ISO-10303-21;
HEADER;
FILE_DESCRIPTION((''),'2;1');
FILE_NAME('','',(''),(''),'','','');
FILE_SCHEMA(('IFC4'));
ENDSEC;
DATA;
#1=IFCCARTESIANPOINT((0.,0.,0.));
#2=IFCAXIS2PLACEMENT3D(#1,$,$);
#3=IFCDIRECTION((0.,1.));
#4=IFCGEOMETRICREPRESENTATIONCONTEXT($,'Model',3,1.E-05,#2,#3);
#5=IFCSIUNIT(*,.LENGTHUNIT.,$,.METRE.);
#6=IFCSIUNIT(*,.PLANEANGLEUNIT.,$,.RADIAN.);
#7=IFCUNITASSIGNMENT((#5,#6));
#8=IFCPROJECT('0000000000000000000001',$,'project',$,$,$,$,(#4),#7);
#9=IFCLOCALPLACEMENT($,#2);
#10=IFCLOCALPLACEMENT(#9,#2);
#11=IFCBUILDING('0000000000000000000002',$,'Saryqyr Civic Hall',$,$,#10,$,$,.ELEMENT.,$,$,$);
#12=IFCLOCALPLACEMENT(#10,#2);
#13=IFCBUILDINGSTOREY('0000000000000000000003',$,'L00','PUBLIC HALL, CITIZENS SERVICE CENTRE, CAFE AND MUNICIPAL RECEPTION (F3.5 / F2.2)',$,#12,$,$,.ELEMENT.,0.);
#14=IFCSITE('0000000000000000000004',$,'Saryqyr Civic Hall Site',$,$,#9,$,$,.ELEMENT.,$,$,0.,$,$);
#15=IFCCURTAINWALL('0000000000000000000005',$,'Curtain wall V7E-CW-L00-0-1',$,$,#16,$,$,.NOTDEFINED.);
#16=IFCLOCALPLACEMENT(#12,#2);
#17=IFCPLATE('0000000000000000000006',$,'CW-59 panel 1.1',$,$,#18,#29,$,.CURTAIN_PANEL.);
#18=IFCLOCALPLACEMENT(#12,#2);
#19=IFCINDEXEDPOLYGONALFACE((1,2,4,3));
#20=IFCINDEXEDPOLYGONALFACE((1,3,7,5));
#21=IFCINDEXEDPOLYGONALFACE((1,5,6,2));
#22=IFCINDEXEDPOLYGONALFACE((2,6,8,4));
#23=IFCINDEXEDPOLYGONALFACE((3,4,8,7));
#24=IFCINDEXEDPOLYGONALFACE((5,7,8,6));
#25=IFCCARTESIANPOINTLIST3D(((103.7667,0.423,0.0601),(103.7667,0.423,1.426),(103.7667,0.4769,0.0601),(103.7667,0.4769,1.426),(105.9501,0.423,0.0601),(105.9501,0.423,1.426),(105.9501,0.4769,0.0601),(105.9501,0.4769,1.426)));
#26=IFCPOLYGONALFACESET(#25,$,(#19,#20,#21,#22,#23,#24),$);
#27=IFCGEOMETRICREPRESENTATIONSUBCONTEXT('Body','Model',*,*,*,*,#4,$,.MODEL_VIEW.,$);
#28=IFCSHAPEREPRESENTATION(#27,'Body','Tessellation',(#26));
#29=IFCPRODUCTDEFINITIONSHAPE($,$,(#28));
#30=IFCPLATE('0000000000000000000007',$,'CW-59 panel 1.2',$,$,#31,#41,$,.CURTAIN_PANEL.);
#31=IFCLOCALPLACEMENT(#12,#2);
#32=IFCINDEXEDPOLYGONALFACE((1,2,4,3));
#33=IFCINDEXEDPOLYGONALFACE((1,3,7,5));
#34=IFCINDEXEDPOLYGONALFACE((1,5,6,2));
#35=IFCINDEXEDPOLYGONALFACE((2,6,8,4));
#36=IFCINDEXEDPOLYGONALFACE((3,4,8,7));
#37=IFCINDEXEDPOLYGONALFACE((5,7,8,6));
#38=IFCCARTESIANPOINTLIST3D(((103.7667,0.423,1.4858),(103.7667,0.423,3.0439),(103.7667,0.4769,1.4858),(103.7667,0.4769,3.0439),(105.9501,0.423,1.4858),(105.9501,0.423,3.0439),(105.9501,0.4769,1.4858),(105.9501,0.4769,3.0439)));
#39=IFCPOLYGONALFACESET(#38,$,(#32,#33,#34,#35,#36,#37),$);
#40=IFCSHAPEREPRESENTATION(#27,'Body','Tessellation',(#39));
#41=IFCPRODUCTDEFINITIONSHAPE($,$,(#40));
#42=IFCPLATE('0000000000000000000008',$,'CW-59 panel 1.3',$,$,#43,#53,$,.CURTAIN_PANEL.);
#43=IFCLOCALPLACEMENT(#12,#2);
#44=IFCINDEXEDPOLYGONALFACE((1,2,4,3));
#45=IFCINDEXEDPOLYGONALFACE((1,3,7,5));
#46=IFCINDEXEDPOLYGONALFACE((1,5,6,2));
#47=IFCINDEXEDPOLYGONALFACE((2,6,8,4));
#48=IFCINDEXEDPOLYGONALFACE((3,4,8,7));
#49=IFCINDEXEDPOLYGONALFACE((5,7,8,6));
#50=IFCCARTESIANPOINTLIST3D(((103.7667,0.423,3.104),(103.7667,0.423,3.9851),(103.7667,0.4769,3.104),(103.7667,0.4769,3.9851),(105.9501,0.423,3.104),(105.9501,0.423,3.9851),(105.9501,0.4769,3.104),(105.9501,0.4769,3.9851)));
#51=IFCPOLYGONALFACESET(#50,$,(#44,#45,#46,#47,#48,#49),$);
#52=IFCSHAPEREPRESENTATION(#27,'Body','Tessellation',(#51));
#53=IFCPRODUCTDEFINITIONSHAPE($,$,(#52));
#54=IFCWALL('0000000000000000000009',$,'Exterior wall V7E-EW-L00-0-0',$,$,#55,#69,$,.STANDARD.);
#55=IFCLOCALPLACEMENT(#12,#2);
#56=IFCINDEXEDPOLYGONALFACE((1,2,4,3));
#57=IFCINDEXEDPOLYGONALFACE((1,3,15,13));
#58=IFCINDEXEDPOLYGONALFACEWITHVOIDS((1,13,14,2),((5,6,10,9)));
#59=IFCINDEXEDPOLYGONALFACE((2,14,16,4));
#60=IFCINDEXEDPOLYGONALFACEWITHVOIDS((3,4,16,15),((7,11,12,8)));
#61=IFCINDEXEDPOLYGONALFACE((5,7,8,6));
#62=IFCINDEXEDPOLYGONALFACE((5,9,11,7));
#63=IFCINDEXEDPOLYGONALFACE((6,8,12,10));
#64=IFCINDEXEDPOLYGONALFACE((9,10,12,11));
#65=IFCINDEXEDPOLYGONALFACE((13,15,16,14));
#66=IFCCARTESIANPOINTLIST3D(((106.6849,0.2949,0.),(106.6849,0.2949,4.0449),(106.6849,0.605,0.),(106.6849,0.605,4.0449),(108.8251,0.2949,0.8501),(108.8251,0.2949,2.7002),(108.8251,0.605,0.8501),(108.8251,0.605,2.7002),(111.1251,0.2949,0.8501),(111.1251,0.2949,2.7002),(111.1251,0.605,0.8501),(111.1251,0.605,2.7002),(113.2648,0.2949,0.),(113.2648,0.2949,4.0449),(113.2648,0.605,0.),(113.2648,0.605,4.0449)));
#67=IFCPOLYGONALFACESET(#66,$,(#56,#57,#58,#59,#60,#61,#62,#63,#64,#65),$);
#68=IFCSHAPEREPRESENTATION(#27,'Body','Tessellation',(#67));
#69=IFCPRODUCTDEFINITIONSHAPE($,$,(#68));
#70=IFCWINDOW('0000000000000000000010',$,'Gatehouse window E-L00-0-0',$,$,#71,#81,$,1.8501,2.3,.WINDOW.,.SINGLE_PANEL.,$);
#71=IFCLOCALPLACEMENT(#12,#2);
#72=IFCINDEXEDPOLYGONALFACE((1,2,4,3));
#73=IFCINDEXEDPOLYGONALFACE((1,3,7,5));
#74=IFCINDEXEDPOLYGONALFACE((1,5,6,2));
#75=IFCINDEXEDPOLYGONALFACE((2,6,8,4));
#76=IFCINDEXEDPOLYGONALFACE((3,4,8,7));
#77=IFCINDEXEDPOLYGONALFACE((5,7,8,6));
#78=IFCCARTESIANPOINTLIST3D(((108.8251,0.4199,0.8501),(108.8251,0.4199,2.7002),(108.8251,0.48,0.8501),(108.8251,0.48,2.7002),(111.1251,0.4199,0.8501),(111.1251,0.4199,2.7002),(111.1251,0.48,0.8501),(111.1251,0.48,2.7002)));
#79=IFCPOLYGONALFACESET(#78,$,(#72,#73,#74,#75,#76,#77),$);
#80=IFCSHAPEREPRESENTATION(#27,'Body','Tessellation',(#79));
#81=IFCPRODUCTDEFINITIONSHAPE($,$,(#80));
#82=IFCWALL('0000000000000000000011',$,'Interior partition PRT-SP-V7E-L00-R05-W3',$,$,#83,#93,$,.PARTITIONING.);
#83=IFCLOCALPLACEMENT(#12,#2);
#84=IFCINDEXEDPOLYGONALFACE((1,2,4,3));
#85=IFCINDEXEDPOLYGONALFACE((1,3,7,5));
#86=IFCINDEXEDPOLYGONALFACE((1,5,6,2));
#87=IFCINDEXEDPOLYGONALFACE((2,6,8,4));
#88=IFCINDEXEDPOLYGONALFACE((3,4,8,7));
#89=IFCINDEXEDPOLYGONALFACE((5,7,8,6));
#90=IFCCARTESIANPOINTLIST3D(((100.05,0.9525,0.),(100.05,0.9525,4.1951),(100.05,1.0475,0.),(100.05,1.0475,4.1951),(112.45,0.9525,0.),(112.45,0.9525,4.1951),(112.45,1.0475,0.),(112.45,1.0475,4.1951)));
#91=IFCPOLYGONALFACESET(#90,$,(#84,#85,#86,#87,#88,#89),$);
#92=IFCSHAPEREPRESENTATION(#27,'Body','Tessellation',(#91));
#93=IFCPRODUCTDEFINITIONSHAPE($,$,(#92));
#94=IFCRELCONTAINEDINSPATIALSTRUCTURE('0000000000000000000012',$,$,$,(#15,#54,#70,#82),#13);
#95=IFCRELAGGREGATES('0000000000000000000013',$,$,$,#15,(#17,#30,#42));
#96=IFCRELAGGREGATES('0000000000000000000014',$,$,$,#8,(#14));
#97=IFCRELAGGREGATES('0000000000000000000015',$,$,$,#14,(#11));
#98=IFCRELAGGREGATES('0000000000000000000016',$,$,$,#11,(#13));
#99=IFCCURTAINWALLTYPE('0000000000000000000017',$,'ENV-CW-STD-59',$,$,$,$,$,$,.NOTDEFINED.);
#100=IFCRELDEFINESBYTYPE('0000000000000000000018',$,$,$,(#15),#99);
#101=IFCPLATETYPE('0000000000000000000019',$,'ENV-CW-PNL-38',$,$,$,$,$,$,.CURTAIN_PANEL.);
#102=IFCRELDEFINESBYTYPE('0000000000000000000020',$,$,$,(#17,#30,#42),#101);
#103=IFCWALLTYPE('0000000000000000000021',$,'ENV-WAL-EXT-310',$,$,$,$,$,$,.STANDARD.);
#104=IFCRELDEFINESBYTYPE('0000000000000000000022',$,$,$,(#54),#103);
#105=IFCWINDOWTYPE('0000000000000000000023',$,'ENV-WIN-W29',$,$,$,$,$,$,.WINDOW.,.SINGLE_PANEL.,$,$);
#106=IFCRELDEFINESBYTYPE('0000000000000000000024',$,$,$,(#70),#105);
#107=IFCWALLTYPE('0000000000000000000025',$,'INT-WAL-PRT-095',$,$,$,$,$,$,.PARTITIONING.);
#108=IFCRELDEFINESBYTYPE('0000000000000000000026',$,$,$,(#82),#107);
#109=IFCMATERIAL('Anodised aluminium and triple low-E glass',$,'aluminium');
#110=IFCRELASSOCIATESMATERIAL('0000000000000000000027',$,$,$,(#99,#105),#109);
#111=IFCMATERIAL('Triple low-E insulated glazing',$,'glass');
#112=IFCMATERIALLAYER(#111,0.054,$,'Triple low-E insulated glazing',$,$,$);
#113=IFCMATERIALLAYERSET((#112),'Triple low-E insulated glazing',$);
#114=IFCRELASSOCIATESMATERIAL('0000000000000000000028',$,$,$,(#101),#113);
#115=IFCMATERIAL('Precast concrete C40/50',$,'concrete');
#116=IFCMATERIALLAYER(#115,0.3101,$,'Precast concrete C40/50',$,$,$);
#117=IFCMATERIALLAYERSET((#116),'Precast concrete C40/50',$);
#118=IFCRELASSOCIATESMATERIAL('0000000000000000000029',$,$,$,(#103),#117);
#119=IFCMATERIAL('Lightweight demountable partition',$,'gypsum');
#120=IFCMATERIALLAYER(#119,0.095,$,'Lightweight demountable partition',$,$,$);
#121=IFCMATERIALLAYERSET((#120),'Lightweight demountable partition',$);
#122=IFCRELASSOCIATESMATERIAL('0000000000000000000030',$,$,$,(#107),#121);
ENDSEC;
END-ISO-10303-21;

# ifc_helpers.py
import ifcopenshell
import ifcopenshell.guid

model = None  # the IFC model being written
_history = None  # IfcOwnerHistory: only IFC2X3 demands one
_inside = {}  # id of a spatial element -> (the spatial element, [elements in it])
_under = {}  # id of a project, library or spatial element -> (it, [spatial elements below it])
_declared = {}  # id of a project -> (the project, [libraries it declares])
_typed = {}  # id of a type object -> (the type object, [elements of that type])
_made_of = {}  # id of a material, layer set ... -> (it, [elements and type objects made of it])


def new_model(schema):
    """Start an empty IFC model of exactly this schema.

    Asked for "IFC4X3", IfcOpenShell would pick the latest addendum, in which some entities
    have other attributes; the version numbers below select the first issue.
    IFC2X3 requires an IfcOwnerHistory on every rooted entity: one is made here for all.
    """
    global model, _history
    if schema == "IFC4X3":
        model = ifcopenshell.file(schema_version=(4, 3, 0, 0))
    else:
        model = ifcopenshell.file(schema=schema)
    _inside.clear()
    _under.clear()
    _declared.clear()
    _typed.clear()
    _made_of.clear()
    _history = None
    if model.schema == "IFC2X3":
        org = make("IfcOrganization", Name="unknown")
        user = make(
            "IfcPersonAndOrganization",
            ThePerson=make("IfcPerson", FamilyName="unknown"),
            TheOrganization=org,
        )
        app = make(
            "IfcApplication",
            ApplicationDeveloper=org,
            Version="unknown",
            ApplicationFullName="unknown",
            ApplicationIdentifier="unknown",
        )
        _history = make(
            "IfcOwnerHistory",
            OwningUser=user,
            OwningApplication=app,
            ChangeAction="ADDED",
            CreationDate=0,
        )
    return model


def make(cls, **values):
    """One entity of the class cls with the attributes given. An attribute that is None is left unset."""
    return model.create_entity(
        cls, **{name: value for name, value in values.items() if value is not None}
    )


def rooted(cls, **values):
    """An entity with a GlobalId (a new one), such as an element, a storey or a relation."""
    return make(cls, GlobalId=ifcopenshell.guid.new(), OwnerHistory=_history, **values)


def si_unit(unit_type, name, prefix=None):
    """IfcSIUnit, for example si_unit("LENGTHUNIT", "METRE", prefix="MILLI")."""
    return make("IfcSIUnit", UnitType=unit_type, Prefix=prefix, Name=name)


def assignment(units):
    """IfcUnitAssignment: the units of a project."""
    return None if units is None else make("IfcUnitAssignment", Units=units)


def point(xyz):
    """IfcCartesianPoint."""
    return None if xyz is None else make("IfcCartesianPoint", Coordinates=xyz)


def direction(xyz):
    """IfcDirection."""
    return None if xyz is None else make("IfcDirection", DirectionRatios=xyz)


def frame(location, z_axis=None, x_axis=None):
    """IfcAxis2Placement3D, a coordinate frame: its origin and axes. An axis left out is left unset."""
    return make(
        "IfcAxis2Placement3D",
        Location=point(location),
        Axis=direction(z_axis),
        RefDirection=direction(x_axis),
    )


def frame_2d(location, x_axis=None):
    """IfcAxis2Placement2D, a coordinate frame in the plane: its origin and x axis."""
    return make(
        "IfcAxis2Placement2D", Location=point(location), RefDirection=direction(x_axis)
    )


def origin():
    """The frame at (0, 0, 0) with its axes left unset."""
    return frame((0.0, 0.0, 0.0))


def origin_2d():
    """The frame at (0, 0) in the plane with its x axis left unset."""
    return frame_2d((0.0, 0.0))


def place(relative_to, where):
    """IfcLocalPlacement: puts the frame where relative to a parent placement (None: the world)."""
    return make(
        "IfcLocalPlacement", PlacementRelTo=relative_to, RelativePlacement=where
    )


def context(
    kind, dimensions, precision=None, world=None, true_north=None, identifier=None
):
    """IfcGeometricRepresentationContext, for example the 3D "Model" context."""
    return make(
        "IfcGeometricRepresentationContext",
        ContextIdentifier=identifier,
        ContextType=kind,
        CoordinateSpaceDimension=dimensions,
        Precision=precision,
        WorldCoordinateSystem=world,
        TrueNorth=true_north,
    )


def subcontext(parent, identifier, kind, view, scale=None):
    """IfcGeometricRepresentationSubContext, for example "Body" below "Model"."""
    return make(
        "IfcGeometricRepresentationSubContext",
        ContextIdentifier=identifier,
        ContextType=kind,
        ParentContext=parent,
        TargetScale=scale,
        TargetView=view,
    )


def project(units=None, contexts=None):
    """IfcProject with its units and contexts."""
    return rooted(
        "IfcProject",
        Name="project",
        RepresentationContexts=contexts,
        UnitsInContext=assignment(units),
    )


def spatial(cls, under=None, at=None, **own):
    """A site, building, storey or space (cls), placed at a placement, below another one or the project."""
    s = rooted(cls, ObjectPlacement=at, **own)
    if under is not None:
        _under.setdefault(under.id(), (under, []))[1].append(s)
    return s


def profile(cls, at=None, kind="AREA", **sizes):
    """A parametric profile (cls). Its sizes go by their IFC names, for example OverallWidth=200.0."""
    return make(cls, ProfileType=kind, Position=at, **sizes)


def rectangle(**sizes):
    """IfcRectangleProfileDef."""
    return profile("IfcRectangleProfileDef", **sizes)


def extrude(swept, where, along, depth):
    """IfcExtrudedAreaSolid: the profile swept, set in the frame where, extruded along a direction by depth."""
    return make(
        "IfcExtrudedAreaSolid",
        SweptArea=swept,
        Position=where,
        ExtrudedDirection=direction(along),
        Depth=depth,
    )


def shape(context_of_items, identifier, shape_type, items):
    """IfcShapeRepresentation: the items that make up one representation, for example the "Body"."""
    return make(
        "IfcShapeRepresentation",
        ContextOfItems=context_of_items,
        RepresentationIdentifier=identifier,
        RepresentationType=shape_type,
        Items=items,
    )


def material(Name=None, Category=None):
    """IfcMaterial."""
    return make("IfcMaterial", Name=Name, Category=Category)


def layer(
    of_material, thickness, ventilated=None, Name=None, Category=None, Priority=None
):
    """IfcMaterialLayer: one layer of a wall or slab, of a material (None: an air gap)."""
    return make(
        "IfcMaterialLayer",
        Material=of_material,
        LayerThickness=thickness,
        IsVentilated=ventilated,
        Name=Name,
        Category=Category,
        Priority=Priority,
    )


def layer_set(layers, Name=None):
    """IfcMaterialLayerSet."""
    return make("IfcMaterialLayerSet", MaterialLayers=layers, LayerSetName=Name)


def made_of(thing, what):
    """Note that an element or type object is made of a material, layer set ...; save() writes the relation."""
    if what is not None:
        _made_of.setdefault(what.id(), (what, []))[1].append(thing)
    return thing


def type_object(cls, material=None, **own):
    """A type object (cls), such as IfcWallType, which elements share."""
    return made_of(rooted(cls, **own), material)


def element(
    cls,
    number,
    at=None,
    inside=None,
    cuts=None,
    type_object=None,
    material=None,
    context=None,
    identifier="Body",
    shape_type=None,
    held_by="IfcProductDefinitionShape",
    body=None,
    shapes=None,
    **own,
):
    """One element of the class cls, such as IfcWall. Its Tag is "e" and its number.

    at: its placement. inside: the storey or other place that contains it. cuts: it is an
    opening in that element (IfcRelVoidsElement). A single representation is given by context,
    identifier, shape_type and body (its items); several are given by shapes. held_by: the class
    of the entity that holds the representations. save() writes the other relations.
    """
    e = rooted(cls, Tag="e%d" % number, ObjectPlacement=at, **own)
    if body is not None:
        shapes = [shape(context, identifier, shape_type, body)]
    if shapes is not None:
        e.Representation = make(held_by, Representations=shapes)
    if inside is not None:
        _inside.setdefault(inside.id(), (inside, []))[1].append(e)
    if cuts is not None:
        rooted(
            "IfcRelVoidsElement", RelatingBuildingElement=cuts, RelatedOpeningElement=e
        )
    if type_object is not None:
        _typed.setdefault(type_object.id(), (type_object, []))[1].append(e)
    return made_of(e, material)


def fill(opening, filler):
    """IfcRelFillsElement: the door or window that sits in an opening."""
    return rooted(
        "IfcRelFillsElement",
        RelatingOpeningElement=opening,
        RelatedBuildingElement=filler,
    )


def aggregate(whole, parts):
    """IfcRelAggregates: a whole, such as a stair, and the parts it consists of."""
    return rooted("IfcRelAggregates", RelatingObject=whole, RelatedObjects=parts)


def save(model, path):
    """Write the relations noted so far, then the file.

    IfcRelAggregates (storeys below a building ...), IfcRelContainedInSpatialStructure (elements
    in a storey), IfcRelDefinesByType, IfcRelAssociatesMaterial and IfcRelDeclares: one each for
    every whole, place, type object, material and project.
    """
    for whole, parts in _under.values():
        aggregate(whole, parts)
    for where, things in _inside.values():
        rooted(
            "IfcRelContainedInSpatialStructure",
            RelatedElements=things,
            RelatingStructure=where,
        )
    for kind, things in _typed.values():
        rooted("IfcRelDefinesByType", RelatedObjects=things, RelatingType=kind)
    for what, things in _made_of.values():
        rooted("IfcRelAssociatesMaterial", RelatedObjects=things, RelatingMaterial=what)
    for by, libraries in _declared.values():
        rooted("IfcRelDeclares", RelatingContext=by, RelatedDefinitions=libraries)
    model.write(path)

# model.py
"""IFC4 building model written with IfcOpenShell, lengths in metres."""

from ifc_helpers import new_model, si_unit, direction, frame, frame_2d, origin, origin_2d, place, context, subcontext, project, spatial, rectangle, extrude, material, layer, layer_set, type_object, element, fill, aggregate, save


model = new_model("IFC4")

# Units and contexts
model_context = context("Model", 3, precision=1e-05, world=origin(), true_north=direction((0.0, 1.0)))
body_context = subcontext(model_context, "Body", "Model", "MODEL_VIEW")
ifc_project = project(units=[si_unit("LENGTHUNIT", "METRE"), si_unit("PLANEANGLEUNIT", "RADIAN")], contexts=[model_context])

# Site, building, storey
site_placement = place(None, origin())
site = spatial("IfcSite", under=ifc_project, at=site_placement, Name="Saryqyr Civic Hall Site", CompositionType="ELEMENT", RefElevation=0.0)
building_placement = place(site_placement, origin())
building = spatial("IfcBuilding", under=site, at=building_placement, Name="Saryqyr Civic Hall", CompositionType="ELEMENT")
storey_placement = place(building_placement, origin())
storey = spatial("IfcBuildingStorey", under=building, at=storey_placement, Name="L00", Description="PUBLIC HALL, CITIZENS SERVICE CENTRE, CAFE AND MUNICIPAL RECEPTION (F3.5 / F2.2)", CompositionType="ELEMENT", Elevation=0.0)

# Curtain wall
ifc_material_1 = material(Name="Anodised aluminium and triple low-E glass", Category="aluminium")
curtain_wall_type = type_object("IfcCurtainWallType", Name="ENV-CW-STD-59", PredefinedType="NOTDEFINED", material=ifc_material_1)
curtain_wall_placement = place(storey_placement, origin())
curtain_wall = element("IfcCurtainWall", 1, at=curtain_wall_placement, inside=storey, type_object=curtain_wall_type, Name="Curtain wall V7E-CW-L00-0-1", PredefinedType="NOTDEFINED")

# Plates
ifc_material_2 = material(Name="Triple low-E insulated glazing", Category="glass")
ifc_layer_1 = layer(ifc_material_2, 0.054, Name="Triple low-E insulated glazing")
ifc_layer_set_1 = layer_set([ifc_layer_1], Name="Triple low-E insulated glazing")
plate_type = type_object("IfcPlateType", Name="ENV-CW-PNL-38", PredefinedType="CURTAIN_PANEL", material=ifc_layer_set_1)
plate_1_placement = place(storey_placement, frame((104.8584, 0.45, 0.0601), z_axis=(0.0, 0.0, 1.0), x_axis=(-1.0, 0.0, 0.0)))
plate_1 = element("IfcPlate", 2, at=plate_1_placement, type_object=plate_type, Name="CW-59 panel 1.1", PredefinedType="CURTAIN_PANEL", context=body_context, shape_type="SweptSolid", body=[
    extrude(rectangle(XDim=2.1833, YDim=0.054, at=origin_2d()), origin(), (0.0, 0.0, 1.0), 1.366),
])
plate_2_placement = place(storey_placement, frame((104.8584, 0.45, 1.4858), z_axis=(0.0, 0.0, 1.0), x_axis=(-1.0, 0.0, 0.0)))
plate_2 = element("IfcPlate", 3, at=plate_2_placement, type_object=plate_type, Name="CW-59 panel 1.2", PredefinedType="CURTAIN_PANEL", context=body_context, shape_type="SweptSolid", body=[
    extrude(rectangle(XDim=2.1833, YDim=0.054, at=origin_2d()), origin(), (0.0, 0.0, 1.0), 1.5581),
])
plate_3_placement = place(storey_placement, frame((104.8584, 0.45, 3.104), z_axis=(0.0, 0.0, 1.0), x_axis=(-1.0, 0.0, 0.0)))
plate_3 = element("IfcPlate", 4, at=plate_3_placement, type_object=plate_type, Name="CW-59 panel 1.3", PredefinedType="CURTAIN_PANEL", context=body_context, shape_type="SweptSolid", body=[
    extrude(rectangle(XDim=2.1833, YDim=0.054, at=origin_2d()), origin(), (0.0, 0.0, 1.0), 0.8811),
])
aggregate(curtain_wall, [plate_1, plate_2, plate_3])

# Wall, opening, window
ifc_material_3 = material(Name="Precast concrete C40/50", Category="concrete")
ifc_layer_2 = layer(ifc_material_3, 0.3101, Name="Precast concrete C40/50")
ifc_layer_set_2 = layer_set([ifc_layer_2], Name="Precast concrete C40/50")
wall_type_1 = type_object("IfcWallType", Name="ENV-WAL-EXT-310", PredefinedType="STANDARD", material=ifc_layer_set_2)
wall_1_placement = place(storey_placement, frame((113.2649, 0.45, 0.0), z_axis=(0.0, 0.0, 1.0), x_axis=(-1.0, 0.0, 0.0)))
wall_1 = element("IfcWall", 5, at=wall_1_placement, inside=storey, type_object=wall_type_1, Name="Exterior wall V7E-EW-L00-0-0", PredefinedType="STANDARD", context=body_context, shape_type="SweptSolid", body=[
    extrude(rectangle(XDim=6.5798, YDim=0.3101, at=frame_2d((3.29, 0.0))), origin(), (0.0, 0.0, 1.0), 4.0449),
])
opening_placement = place(wall_1_placement, frame((2.1399, 0.0, 0.8501)))
opening = element("IfcOpeningElement", 6, at=opening_placement, cuts=wall_1, PredefinedType="OPENING", context=body_context, shape_type="SweptSolid", body=[
    extrude(rectangle(XDim=2.3, YDim=1.8501, at=frame_2d((1.1499, 0.925))), frame((0.0, 0.165, 0.0), z_axis=(0.0, -1.0, 0.0), x_axis=(1.0, 0.0, 0.0)), (0.0, 0.0, 1.0), 0.3301),
])
window_type = type_object("IfcWindowType", Name="ENV-WIN-W29", PartitioningType="SINGLE_PANEL", PredefinedType="WINDOW", material=ifc_material_1)
window_placement = place(opening_placement, origin())
window = element("IfcWindow", 7, at=window_placement, inside=storey, type_object=window_type, Name="Gatehouse window E-L00-0-0", OverallHeight=1.8501, OverallWidth=2.3, PartitioningType="SINGLE_PANEL", PredefinedType="WINDOW", context=body_context, shape_type="SweptSolid", body=[
    extrude(rectangle(XDim=2.3, YDim=1.8501, at=frame_2d((1.1499, 0.925))), frame((0.0, 0.03, 0.0), z_axis=(0.0, -1.0, 0.0), x_axis=(1.0, 0.0, 0.0)), (0.0, 0.0, 1.0), 0.0601),
])
fill(opening, window)

# Wall
ifc_material_4 = material(Name="Lightweight demountable partition", Category="gypsum")
ifc_layer_3 = layer(ifc_material_4, 0.095, Name="Lightweight demountable partition")
ifc_layer_set_3 = layer_set([ifc_layer_3], Name="Lightweight demountable partition")
wall_type_2 = type_object("IfcWallType", Name="INT-WAL-PRT-095", PredefinedType="PARTITIONING", material=ifc_layer_set_3)
wall_2_placement = place(storey_placement, frame((112.45, 1.0, 0.0), z_axis=(0.0, 0.0, 1.0), x_axis=(-1.0, 0.0, 0.0)))
element("IfcWall", 8, at=wall_2_placement, inside=storey, type_object=wall_type_2, Name="Interior partition PRT-SP-V7E-L00-R05-W3", PredefinedType="PARTITIONING", context=body_context, shape_type="SweptSolid", body=[
    extrude(rectangle(XDim=12.3999, YDim=0.095, at=frame_2d((6.2, 0.0))), origin(), (0.0, 0.0, 1.0), 4.1951),
])

save(model, "model.ifc")
